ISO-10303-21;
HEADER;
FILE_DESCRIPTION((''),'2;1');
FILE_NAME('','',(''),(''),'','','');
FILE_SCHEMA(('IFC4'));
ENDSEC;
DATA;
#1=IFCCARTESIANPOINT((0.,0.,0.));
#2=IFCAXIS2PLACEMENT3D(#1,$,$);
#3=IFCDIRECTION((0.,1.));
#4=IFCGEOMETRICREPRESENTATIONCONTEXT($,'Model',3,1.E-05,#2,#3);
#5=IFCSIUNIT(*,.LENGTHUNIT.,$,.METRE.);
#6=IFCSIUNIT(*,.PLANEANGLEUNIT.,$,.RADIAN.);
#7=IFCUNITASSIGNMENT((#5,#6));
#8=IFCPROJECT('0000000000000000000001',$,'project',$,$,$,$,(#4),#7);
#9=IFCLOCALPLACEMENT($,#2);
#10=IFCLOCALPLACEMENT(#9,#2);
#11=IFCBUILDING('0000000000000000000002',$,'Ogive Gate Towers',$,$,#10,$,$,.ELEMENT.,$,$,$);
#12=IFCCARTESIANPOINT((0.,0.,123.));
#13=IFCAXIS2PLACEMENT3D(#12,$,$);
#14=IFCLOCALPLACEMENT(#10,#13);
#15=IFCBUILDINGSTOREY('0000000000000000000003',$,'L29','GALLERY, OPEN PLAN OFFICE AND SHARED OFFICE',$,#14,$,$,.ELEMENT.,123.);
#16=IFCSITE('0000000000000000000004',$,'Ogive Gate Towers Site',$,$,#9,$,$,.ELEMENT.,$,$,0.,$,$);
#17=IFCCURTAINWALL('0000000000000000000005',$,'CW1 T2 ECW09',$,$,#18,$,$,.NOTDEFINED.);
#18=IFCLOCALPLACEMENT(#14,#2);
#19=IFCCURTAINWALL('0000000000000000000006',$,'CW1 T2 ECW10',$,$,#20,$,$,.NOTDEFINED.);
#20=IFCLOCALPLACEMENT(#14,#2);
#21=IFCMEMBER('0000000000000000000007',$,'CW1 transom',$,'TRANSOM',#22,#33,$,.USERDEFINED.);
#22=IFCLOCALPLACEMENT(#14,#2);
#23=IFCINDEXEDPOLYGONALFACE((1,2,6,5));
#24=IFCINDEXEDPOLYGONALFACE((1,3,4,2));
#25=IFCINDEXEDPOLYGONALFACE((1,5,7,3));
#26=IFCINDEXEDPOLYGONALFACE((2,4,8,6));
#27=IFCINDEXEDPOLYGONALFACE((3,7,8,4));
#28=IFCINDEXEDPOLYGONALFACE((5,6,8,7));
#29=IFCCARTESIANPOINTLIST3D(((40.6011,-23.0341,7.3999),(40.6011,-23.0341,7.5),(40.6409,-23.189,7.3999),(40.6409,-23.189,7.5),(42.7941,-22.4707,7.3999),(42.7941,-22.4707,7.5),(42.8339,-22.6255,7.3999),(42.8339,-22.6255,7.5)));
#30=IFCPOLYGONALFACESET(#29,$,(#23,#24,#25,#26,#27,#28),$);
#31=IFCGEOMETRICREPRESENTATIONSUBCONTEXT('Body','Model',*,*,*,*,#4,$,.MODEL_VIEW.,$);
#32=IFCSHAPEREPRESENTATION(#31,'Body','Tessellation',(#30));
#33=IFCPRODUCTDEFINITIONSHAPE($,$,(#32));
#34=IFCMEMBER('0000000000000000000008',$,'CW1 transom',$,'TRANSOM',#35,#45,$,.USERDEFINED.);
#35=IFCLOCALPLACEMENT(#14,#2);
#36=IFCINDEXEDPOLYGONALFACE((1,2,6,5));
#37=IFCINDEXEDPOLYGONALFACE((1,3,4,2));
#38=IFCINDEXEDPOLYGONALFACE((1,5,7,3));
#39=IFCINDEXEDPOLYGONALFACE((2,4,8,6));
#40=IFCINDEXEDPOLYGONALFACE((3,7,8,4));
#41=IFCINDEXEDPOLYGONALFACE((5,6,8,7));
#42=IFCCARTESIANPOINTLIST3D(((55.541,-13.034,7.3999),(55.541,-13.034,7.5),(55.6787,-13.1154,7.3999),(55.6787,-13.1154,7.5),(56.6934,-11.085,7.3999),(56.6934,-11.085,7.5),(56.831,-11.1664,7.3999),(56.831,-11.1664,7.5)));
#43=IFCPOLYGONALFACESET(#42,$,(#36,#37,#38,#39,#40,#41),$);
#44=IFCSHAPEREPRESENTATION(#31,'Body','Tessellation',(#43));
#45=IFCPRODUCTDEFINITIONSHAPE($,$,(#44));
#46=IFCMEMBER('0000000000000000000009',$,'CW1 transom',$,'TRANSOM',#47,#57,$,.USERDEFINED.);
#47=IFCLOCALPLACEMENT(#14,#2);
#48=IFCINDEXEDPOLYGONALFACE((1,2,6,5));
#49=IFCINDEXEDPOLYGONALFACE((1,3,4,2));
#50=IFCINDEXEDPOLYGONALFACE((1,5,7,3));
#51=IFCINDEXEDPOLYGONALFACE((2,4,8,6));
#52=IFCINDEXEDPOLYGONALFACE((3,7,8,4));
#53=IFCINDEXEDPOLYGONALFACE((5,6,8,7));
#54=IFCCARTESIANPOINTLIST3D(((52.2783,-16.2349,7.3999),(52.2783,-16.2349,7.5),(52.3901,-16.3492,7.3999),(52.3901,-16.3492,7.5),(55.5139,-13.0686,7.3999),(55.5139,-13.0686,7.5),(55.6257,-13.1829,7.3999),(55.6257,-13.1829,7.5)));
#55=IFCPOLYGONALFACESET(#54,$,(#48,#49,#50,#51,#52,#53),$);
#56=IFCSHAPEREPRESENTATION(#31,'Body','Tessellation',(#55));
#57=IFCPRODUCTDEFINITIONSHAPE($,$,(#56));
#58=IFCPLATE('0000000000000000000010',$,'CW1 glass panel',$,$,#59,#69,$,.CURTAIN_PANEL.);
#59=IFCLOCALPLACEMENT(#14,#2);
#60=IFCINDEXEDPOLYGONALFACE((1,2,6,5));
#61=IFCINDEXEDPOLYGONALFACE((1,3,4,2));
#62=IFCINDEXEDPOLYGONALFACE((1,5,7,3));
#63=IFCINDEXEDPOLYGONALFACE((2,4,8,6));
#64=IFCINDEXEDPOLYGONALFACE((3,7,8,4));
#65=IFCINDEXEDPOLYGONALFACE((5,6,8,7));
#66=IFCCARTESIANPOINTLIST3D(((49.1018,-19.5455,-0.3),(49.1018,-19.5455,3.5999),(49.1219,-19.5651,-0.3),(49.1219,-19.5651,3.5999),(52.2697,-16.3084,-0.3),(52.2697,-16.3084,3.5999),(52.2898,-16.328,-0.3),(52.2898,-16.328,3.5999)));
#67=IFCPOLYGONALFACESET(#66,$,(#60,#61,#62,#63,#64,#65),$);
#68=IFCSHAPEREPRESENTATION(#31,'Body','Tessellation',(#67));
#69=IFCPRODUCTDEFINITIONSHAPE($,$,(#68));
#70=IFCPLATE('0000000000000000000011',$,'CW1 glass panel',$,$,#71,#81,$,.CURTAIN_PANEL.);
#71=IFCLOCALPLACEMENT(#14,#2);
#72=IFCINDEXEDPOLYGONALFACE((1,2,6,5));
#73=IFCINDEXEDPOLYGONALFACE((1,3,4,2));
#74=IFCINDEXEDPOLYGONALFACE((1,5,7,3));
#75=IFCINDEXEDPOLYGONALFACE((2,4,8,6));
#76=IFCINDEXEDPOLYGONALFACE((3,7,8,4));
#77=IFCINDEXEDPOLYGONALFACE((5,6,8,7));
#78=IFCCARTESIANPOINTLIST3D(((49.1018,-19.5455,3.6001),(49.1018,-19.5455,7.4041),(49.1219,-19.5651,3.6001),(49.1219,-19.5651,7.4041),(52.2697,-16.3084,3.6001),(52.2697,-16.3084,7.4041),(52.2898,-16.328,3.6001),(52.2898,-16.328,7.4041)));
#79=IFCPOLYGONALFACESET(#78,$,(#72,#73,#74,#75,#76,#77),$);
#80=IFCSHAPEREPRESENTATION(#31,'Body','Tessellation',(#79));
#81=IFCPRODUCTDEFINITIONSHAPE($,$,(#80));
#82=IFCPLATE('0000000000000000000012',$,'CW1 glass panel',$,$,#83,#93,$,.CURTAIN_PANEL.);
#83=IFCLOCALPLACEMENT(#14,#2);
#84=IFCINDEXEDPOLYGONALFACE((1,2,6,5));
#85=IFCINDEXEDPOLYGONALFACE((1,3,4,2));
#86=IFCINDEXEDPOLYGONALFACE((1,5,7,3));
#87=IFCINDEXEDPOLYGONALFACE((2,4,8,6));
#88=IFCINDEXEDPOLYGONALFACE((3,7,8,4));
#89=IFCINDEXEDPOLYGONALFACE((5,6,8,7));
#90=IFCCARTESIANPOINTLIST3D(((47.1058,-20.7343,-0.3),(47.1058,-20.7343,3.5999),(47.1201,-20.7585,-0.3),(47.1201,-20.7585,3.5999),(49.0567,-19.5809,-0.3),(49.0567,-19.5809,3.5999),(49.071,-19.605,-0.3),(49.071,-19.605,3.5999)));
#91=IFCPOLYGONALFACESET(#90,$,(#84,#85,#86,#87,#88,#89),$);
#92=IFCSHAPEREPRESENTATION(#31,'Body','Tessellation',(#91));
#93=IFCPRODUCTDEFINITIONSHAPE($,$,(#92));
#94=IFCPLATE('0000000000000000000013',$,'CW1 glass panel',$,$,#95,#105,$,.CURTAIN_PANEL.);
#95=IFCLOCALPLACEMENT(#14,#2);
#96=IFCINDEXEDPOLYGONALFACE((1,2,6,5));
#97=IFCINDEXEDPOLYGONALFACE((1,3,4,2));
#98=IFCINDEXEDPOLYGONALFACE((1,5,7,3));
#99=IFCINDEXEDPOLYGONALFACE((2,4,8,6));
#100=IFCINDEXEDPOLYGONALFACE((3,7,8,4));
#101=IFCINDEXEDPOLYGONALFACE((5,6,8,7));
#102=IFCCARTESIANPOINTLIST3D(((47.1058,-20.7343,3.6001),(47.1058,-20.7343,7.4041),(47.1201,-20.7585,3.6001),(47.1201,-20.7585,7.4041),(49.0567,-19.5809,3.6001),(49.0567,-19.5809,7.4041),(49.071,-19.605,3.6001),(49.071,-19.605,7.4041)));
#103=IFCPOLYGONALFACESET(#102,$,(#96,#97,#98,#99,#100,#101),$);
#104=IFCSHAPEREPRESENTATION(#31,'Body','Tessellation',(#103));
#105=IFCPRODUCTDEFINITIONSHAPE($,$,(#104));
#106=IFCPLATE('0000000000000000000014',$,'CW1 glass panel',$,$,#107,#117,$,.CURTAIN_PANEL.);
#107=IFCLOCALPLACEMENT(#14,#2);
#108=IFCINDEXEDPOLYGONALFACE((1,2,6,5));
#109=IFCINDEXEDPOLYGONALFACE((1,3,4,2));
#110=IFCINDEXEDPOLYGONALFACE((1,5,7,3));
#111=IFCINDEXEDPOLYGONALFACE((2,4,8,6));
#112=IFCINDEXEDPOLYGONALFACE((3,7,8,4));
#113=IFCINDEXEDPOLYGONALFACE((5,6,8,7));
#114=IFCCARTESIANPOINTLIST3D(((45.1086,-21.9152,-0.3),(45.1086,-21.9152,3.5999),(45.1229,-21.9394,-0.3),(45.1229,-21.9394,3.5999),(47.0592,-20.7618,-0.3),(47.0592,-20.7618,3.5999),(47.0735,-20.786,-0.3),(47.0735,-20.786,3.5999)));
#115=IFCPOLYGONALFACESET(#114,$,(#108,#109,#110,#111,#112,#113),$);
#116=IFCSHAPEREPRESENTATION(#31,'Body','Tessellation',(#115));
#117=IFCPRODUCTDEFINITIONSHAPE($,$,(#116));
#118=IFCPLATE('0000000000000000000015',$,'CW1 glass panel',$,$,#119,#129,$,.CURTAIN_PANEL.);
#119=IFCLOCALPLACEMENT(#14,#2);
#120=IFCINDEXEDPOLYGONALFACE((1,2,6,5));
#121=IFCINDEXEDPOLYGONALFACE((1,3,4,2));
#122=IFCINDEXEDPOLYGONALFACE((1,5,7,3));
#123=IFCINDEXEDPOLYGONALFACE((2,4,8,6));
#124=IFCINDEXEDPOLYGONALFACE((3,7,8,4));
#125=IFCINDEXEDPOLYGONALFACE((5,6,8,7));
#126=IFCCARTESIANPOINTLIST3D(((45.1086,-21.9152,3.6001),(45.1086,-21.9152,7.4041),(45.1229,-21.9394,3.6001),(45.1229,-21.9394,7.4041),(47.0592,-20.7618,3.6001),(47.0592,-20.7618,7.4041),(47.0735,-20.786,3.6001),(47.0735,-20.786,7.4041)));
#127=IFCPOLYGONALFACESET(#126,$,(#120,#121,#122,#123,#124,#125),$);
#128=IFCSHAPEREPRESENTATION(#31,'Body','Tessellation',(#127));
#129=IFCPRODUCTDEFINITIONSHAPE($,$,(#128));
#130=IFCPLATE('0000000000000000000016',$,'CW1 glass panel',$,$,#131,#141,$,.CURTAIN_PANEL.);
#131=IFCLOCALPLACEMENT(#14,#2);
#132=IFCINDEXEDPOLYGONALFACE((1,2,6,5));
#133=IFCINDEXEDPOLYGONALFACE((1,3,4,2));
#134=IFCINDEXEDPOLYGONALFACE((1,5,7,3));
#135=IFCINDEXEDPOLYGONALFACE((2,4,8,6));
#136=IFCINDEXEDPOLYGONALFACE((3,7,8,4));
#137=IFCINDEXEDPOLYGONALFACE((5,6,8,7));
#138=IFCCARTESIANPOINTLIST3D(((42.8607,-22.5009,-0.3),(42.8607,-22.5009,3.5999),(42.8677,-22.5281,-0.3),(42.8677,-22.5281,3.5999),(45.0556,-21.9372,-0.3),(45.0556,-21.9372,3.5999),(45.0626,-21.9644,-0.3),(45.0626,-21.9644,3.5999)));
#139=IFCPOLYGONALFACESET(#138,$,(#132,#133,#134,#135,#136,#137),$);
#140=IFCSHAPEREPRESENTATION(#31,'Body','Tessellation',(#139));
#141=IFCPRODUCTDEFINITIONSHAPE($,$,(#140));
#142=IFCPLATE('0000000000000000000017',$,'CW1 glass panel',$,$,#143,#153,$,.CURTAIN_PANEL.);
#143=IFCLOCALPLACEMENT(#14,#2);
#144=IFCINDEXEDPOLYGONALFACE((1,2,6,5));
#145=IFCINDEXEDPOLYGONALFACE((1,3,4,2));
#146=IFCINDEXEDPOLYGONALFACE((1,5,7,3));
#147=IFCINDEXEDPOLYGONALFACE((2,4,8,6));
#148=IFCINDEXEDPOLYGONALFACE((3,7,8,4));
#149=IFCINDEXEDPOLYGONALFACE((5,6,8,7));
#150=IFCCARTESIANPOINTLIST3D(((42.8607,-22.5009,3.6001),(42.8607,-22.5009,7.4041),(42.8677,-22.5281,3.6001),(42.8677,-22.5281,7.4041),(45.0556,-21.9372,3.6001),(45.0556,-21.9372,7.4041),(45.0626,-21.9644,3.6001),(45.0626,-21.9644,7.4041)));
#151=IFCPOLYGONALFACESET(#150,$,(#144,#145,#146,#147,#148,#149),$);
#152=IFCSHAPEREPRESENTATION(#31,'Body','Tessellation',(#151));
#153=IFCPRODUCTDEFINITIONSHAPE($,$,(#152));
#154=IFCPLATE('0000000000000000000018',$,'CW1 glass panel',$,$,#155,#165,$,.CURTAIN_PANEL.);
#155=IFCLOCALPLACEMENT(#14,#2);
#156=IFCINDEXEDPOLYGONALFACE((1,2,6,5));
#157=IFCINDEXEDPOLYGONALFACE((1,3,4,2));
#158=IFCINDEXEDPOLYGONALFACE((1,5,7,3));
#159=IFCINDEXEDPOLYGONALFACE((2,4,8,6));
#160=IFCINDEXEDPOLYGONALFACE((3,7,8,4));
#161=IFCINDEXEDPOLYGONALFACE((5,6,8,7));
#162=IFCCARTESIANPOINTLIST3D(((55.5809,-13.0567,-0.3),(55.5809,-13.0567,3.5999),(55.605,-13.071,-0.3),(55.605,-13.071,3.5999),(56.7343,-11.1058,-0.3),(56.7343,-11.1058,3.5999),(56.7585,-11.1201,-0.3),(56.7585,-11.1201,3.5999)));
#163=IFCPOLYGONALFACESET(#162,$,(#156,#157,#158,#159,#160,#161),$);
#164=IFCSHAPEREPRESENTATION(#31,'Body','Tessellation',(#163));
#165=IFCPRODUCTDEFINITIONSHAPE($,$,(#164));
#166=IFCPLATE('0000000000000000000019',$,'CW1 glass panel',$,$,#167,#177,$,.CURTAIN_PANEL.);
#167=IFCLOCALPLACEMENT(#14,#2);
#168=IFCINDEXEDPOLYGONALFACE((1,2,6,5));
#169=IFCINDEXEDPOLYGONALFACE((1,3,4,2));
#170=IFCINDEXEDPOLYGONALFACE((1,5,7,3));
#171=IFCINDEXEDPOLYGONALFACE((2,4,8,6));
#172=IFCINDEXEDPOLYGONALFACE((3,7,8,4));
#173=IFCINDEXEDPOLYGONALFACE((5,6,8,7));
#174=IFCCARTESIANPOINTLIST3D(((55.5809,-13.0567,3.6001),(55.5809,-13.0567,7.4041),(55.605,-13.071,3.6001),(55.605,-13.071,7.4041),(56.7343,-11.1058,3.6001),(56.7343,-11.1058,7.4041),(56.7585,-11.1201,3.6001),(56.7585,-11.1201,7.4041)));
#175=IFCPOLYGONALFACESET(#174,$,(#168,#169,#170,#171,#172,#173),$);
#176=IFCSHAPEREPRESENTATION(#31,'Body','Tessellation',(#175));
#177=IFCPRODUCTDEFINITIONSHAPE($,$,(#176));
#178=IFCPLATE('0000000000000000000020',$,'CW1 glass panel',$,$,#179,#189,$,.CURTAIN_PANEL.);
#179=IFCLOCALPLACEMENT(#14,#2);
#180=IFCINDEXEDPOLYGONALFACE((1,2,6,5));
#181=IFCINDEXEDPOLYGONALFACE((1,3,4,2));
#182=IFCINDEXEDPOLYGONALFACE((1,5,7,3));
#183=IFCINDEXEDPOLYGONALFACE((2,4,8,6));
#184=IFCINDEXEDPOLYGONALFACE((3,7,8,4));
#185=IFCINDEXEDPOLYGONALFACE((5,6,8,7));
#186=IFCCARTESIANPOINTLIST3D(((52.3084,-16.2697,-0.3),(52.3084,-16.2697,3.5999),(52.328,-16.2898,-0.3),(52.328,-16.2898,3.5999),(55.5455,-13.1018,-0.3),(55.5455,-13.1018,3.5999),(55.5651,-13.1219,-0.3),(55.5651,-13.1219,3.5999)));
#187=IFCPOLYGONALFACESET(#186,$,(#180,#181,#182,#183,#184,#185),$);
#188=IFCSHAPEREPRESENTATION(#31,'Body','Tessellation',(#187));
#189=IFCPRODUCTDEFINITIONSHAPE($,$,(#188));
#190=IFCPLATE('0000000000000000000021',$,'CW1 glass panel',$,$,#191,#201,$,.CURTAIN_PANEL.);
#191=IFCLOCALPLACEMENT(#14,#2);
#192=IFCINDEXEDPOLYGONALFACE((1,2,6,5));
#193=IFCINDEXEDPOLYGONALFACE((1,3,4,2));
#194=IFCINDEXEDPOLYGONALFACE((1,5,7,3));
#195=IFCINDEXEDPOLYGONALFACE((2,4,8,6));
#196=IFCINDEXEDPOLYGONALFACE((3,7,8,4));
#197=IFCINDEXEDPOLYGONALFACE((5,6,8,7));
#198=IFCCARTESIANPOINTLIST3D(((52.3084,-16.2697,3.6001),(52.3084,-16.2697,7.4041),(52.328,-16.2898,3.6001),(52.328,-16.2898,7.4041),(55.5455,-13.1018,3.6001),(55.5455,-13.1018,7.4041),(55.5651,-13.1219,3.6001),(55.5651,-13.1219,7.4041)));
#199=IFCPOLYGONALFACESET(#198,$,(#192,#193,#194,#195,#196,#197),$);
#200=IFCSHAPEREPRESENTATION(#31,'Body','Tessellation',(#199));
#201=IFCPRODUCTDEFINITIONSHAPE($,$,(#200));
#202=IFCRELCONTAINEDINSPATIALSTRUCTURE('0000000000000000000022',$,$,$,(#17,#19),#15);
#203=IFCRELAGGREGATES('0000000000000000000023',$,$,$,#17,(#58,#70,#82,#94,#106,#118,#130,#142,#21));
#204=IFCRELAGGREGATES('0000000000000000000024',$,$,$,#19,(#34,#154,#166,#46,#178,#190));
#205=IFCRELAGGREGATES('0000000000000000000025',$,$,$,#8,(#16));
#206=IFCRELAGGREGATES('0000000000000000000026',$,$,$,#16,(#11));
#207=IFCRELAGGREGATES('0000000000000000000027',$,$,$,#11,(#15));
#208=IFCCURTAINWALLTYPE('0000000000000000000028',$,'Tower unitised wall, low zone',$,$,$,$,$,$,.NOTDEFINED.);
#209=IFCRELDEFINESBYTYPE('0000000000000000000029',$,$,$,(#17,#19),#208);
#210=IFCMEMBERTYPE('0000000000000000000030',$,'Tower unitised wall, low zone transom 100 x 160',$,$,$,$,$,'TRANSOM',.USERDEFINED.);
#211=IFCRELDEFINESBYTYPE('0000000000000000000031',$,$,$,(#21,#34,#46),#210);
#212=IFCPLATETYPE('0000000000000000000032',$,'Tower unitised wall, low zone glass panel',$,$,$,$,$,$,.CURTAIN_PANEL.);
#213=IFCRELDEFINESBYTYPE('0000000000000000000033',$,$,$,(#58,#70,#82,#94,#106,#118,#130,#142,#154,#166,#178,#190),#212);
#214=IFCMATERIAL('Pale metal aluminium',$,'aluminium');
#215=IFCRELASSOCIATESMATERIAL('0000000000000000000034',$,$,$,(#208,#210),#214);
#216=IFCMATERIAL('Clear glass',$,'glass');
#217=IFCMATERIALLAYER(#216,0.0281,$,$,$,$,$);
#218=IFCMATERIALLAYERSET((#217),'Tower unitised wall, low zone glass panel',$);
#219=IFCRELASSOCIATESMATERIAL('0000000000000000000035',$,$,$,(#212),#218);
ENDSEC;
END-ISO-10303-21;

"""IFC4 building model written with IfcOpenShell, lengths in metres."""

from ifc_helpers import new_model, si_unit, direction, frame, origin, origin_2d, place, context, subcontext, project, spatial, rectangle, extrude, material, layer, layer_set, material_profile, profile_set, type_object, element, aggregate, save


model = new_model("IFC4")

# Units and contexts
model_context = context("Model", 3, precision=1e-05, world=origin(), true_north=direction((0.0, 1.0)))
body_context = subcontext(model_context, "Body", "Model", "MODEL_VIEW")
ifc_project = project(units=[si_unit("LENGTHUNIT", "METRE"), si_unit("PLANEANGLEUNIT", "RADIAN")], contexts=[model_context])

# Site, building, storey
site_placement = place(None, origin())
site = spatial("IfcSite", under=ifc_project, at=site_placement, Name="Ogive Gate Towers Site", CompositionType="ELEMENT", RefElevation=0.0)
building_placement = place(site_placement, origin())
building = spatial("IfcBuilding", under=site, at=building_placement, Name="Ogive Gate Towers", CompositionType="ELEMENT")
storey_placement = place(building_placement, frame((0.0, 0.0, 123.0)))
storey = spatial("IfcBuildingStorey", under=building, at=storey_placement, Name="L29", Description="GALLERY, OPEN PLAN OFFICE AND SHARED OFFICE", CompositionType="ELEMENT", Elevation=123.0)

# Curtain walls
ifc_material_1 = material(Name="Pale metal aluminium", Category="aluminium")
curtain_wall_type = type_object("IfcCurtainWallType", Name="Tower unitised wall, low zone", PredefinedType="NOTDEFINED", material=ifc_material_1)
curtain_wall_1_placement = place(storey_placement, origin())
curtain_wall_1 = element("IfcCurtainWall", 1, at=curtain_wall_1_placement, inside=storey, type_object=curtain_wall_type, Name="CW1 T2 ECW09", PredefinedType="NOTDEFINED")
curtain_wall_2_placement = place(storey_placement, origin())
curtain_wall_2 = element("IfcCurtainWall", 2, at=curtain_wall_2_placement, inside=storey, type_object=curtain_wall_type, Name="CW1 T2 ECW10", PredefinedType="NOTDEFINED")

# Members
ifc_material_profile_1 = material_profile(ifc_material_1, rectangle(XDim=0.1599, YDim=0.1001, at=origin_2d()), Name="100 x 160 aluminium box")
ifc_profile_set_1 = profile_set([ifc_material_profile_1], Name="Pale metal aluminium")
member_type_1 = type_object("IfcMemberType", Name="Tower unitised wall, low zone transom 100 x 160", ElementType="TRANSOM", PredefinedType="USERDEFINED", material=ifc_profile_set_1)
member_1_placement = place(storey_placement, frame((42.814, -22.5481, 7.45), z_axis=(-0.968536, -0.248873, 0.0), x_axis=(0.248873, -0.968536, 0.0)))
member_1 = element("IfcMember", 3, at=member_1_placement, type_object=member_type_1, Name="CW1 transom", ObjectType="TRANSOM", PredefinedType="USERDEFINED", context=body_context, shape_type="SweptSolid", body=[
    extrude(rectangle(XDim=0.1599, YDim=0.1001, at=origin_2d()), origin(), (0.0, 0.0, 1.0), 2.2642),
])
member_2_placement = place(storey_placement, frame((56.7622, -11.1257, 7.45), z_axis=(-0.508951, -0.860796, 0.0), x_axis=(0.860796, -0.508951, 0.0)))
member_2 = element("IfcMember", 4, at=member_2_placement, type_object=member_type_1, Name="CW1 transom", ObjectType="TRANSOM", PredefinedType="USERDEFINED", context=body_context, shape_type="SweptSolid", body=[
    extrude(rectangle(XDim=0.1599, YDim=0.1001, at=origin_2d()), origin(), (0.0, 0.0, 1.0), 2.2642),
])
member_3_placement = place(storey_placement, frame((55.5698, -13.1257, 7.45), z_axis=(-0.714723, -0.699407, 0.0), x_axis=(0.699407, -0.714723, 0.0)))
member_3 = element("IfcMember", 5, at=member_3_placement, type_object=member_type_1, Name="CW1 transom", ObjectType="TRANSOM", PredefinedType="USERDEFINED", context=body_context, shape_type="SweptSolid", body=[
    extrude(rectangle(XDim=0.1599, YDim=0.1001, at=origin_2d()), origin(), (0.0, 0.0, 1.0), 4.5271),
])

# Plates
ifc_material_2 = material(Name="Clear glass", Category="glass")
ifc_layer_1 = layer(ifc_material_2, 0.0281)
ifc_layer_set_1 = layer_set([ifc_layer_1], Name="Tower unitised wall, low zone glass panel")
plate_type = type_object("IfcPlateType", Name="Tower unitised wall, low zone glass panel", PredefinedType="CURTAIN_PANEL", material=ifc_layer_set_1)
plate_1_placement = place(storey_placement, frame((50.6958, -17.9368, -0.3), z_axis=(0.0, 0.0, 1.0), x_axis=(-0.699426, -0.714705, 0.0)))
plate_1 = element("IfcPlate", 6, at=plate_1_placement, type_object=plate_type, Name="CW1 glass panel", PredefinedType="CURTAIN_PANEL", context=body_context, shape_type="SweptSolid", body=[
    extrude(rectangle(XDim=4.5293, YDim=0.0281, at=origin_2d()), origin(), (0.0, 0.0, 1.0), 3.8999),
])
plate_2_placement = place(storey_placement, frame((50.6958, -17.9368, 3.6001), z_axis=(0.0, 0.0, 1.0), x_axis=(-0.699426, -0.714705, 0.0)))
plate_2 = element("IfcPlate", 7, at=plate_2_placement, type_object=plate_type, Name="CW1 glass panel", PredefinedType="CURTAIN_PANEL", context=body_context, shape_type="SweptSolid", body=[
    extrude(rectangle(XDim=4.5293, YDim=0.0281, at=origin_2d()), origin(), (0.0, 0.0, 1.0), 3.804),
])
plate_3_placement = place(storey_placement, frame((48.0884, -20.1697, -0.3), z_axis=(0.0, 0.0, 1.0), x_axis=(-0.860804, -0.508936, 0.0)))
plate_3 = element("IfcPlate", 8, at=plate_3_placement, type_object=plate_type, Name="CW1 glass panel", PredefinedType="CURTAIN_PANEL", context=body_context, shape_type="SweptSolid", body=[
    extrude(rectangle(XDim=2.2664, YDim=0.0281, at=origin_2d()), origin(), (0.0, 0.0, 1.0), 3.8999),
])
plate_4_placement = place(storey_placement, frame((48.0884, -20.1697, 3.6001), z_axis=(0.0, 0.0, 1.0), x_axis=(-0.860804, -0.508936, 0.0)))
plate_4 = element("IfcPlate", 9, at=plate_4_placement, type_object=plate_type, Name="CW1 glass panel", PredefinedType="CURTAIN_PANEL", context=body_context, shape_type="SweptSolid", body=[
    extrude(rectangle(XDim=2.2664, YDim=0.0281, at=origin_2d()), origin(), (0.0, 0.0, 1.0), 3.804),
])
plate_5_placement = place(storey_placement, frame((46.0911, -21.3506, -0.3), z_axis=(0.0, 0.0, 1.0), x_axis=(-0.860786, -0.508966, 0.0)))
plate_5 = element("IfcPlate", 10, at=plate_5_placement, type_object=plate_type, Name="CW1 glass panel", PredefinedType="CURTAIN_PANEL", context=body_context, shape_type="SweptSolid", body=[
    extrude(rectangle(XDim=2.2661, YDim=0.0281, at=origin_2d()), origin(), (0.0, 0.0, 1.0), 3.8999),
])
plate_6_placement = place(storey_placement, frame((46.0911, -21.3506, 3.6001), z_axis=(0.0, 0.0, 1.0), x_axis=(-0.860786, -0.508966, 0.0)))
plate_6 = element("IfcPlate", 11, at=plate_6_placement, type_object=plate_type, Name="CW1 glass panel", PredefinedType="CURTAIN_PANEL", context=body_context, shape_type="SweptSolid", body=[
    extrude(rectangle(XDim=2.2661, YDim=0.0281, at=origin_2d()), origin(), (0.0, 0.0, 1.0), 3.804),
])
plate_7_placement = place(storey_placement, frame((43.9617, -22.2327, -0.3), z_axis=(0.0, 0.0, 1.0), x_axis=(-0.968561, -0.248774, 0.0)))
plate_7 = element("IfcPlate", 12, at=plate_7_placement, type_object=plate_type, Name="CW1 glass panel", PredefinedType="CURTAIN_PANEL", context=body_context, shape_type="SweptSolid", body=[
    extrude(rectangle(XDim=2.2661, YDim=0.0281, at=origin_2d()), origin(), (0.0, 0.0, 1.0), 3.8999),
])
plate_8_placement = place(storey_placement, frame((43.9617, -22.2327, 3.6001), z_axis=(0.0, 0.0, 1.0), x_axis=(-0.968561, -0.248774, 0.0)))
plate_8 = element("IfcPlate", 13, at=plate_8_placement, type_object=plate_type, Name="CW1 glass panel", PredefinedType="CURTAIN_PANEL", context=body_context, shape_type="SweptSolid", body=[
    extrude(rectangle(XDim=2.2661, YDim=0.0281, at=origin_2d()), origin(), (0.0, 0.0, 1.0), 3.804),
])
aggregate(curtain_wall_1, [plate_1, plate_2, plate_3, plate_4, plate_5, plate_6, plate_7, plate_8, member_1])
plate_9_placement = place(storey_placement, frame((56.1697, -12.0884, -0.3), z_axis=(0.0, 0.0, 1.0), x_axis=(-0.508936, -0.860804, 0.0)))
plate_9 = element("IfcPlate", 14, at=plate_9_placement, type_object=plate_type, Name="CW1 glass panel", PredefinedType="CURTAIN_PANEL", context=body_context, shape_type="SweptSolid", body=[
    extrude(rectangle(XDim=2.2664, YDim=0.0281, at=origin_2d()), origin(), (0.0, 0.0, 1.0), 3.8999),
])
plate_10_placement = place(storey_placement, frame((56.1697, -12.0884, 3.6001), z_axis=(0.0, 0.0, 1.0), x_axis=(-0.508936, -0.860804, 0.0)))
plate_10 = element("IfcPlate", 15, at=plate_10_placement, type_object=plate_type, Name="CW1 glass panel", PredefinedType="CURTAIN_PANEL", context=body_context, shape_type="SweptSolid", body=[
    extrude(rectangle(XDim=2.2664, YDim=0.0281, at=origin_2d()), origin(), (0.0, 0.0, 1.0), 3.804),
])
plate_11_placement = place(storey_placement, frame((53.9368, -14.6958, -0.3), z_axis=(0.0, 0.0, 1.0), x_axis=(-0.714705, -0.699426, 0.0)))
plate_11 = element("IfcPlate", 16, at=plate_11_placement, type_object=plate_type, Name="CW1 glass panel", PredefinedType="CURTAIN_PANEL", context=body_context, shape_type="SweptSolid", body=[
    extrude(rectangle(XDim=4.5293, YDim=0.0281, at=origin_2d()), origin(), (0.0, 0.0, 1.0), 3.8999),
])
plate_12_placement = place(storey_placement, frame((53.9368, -14.6958, 3.6001), z_axis=(0.0, 0.0, 1.0), x_axis=(-0.714705, -0.699426, 0.0)))
plate_12 = element("IfcPlate", 17, at=plate_12_placement, type_object=plate_type, Name="CW1 glass panel", PredefinedType="CURTAIN_PANEL", context=body_context, shape_type="SweptSolid", body=[
    extrude(rectangle(XDim=4.5293, YDim=0.0281, at=origin_2d()), origin(), (0.0, 0.0, 1.0), 3.804),
])
aggregate(curtain_wall_2, [member_2, plate_9, plate_10, member_3, plate_11, plate_12])

save(model, "model.ifc")
